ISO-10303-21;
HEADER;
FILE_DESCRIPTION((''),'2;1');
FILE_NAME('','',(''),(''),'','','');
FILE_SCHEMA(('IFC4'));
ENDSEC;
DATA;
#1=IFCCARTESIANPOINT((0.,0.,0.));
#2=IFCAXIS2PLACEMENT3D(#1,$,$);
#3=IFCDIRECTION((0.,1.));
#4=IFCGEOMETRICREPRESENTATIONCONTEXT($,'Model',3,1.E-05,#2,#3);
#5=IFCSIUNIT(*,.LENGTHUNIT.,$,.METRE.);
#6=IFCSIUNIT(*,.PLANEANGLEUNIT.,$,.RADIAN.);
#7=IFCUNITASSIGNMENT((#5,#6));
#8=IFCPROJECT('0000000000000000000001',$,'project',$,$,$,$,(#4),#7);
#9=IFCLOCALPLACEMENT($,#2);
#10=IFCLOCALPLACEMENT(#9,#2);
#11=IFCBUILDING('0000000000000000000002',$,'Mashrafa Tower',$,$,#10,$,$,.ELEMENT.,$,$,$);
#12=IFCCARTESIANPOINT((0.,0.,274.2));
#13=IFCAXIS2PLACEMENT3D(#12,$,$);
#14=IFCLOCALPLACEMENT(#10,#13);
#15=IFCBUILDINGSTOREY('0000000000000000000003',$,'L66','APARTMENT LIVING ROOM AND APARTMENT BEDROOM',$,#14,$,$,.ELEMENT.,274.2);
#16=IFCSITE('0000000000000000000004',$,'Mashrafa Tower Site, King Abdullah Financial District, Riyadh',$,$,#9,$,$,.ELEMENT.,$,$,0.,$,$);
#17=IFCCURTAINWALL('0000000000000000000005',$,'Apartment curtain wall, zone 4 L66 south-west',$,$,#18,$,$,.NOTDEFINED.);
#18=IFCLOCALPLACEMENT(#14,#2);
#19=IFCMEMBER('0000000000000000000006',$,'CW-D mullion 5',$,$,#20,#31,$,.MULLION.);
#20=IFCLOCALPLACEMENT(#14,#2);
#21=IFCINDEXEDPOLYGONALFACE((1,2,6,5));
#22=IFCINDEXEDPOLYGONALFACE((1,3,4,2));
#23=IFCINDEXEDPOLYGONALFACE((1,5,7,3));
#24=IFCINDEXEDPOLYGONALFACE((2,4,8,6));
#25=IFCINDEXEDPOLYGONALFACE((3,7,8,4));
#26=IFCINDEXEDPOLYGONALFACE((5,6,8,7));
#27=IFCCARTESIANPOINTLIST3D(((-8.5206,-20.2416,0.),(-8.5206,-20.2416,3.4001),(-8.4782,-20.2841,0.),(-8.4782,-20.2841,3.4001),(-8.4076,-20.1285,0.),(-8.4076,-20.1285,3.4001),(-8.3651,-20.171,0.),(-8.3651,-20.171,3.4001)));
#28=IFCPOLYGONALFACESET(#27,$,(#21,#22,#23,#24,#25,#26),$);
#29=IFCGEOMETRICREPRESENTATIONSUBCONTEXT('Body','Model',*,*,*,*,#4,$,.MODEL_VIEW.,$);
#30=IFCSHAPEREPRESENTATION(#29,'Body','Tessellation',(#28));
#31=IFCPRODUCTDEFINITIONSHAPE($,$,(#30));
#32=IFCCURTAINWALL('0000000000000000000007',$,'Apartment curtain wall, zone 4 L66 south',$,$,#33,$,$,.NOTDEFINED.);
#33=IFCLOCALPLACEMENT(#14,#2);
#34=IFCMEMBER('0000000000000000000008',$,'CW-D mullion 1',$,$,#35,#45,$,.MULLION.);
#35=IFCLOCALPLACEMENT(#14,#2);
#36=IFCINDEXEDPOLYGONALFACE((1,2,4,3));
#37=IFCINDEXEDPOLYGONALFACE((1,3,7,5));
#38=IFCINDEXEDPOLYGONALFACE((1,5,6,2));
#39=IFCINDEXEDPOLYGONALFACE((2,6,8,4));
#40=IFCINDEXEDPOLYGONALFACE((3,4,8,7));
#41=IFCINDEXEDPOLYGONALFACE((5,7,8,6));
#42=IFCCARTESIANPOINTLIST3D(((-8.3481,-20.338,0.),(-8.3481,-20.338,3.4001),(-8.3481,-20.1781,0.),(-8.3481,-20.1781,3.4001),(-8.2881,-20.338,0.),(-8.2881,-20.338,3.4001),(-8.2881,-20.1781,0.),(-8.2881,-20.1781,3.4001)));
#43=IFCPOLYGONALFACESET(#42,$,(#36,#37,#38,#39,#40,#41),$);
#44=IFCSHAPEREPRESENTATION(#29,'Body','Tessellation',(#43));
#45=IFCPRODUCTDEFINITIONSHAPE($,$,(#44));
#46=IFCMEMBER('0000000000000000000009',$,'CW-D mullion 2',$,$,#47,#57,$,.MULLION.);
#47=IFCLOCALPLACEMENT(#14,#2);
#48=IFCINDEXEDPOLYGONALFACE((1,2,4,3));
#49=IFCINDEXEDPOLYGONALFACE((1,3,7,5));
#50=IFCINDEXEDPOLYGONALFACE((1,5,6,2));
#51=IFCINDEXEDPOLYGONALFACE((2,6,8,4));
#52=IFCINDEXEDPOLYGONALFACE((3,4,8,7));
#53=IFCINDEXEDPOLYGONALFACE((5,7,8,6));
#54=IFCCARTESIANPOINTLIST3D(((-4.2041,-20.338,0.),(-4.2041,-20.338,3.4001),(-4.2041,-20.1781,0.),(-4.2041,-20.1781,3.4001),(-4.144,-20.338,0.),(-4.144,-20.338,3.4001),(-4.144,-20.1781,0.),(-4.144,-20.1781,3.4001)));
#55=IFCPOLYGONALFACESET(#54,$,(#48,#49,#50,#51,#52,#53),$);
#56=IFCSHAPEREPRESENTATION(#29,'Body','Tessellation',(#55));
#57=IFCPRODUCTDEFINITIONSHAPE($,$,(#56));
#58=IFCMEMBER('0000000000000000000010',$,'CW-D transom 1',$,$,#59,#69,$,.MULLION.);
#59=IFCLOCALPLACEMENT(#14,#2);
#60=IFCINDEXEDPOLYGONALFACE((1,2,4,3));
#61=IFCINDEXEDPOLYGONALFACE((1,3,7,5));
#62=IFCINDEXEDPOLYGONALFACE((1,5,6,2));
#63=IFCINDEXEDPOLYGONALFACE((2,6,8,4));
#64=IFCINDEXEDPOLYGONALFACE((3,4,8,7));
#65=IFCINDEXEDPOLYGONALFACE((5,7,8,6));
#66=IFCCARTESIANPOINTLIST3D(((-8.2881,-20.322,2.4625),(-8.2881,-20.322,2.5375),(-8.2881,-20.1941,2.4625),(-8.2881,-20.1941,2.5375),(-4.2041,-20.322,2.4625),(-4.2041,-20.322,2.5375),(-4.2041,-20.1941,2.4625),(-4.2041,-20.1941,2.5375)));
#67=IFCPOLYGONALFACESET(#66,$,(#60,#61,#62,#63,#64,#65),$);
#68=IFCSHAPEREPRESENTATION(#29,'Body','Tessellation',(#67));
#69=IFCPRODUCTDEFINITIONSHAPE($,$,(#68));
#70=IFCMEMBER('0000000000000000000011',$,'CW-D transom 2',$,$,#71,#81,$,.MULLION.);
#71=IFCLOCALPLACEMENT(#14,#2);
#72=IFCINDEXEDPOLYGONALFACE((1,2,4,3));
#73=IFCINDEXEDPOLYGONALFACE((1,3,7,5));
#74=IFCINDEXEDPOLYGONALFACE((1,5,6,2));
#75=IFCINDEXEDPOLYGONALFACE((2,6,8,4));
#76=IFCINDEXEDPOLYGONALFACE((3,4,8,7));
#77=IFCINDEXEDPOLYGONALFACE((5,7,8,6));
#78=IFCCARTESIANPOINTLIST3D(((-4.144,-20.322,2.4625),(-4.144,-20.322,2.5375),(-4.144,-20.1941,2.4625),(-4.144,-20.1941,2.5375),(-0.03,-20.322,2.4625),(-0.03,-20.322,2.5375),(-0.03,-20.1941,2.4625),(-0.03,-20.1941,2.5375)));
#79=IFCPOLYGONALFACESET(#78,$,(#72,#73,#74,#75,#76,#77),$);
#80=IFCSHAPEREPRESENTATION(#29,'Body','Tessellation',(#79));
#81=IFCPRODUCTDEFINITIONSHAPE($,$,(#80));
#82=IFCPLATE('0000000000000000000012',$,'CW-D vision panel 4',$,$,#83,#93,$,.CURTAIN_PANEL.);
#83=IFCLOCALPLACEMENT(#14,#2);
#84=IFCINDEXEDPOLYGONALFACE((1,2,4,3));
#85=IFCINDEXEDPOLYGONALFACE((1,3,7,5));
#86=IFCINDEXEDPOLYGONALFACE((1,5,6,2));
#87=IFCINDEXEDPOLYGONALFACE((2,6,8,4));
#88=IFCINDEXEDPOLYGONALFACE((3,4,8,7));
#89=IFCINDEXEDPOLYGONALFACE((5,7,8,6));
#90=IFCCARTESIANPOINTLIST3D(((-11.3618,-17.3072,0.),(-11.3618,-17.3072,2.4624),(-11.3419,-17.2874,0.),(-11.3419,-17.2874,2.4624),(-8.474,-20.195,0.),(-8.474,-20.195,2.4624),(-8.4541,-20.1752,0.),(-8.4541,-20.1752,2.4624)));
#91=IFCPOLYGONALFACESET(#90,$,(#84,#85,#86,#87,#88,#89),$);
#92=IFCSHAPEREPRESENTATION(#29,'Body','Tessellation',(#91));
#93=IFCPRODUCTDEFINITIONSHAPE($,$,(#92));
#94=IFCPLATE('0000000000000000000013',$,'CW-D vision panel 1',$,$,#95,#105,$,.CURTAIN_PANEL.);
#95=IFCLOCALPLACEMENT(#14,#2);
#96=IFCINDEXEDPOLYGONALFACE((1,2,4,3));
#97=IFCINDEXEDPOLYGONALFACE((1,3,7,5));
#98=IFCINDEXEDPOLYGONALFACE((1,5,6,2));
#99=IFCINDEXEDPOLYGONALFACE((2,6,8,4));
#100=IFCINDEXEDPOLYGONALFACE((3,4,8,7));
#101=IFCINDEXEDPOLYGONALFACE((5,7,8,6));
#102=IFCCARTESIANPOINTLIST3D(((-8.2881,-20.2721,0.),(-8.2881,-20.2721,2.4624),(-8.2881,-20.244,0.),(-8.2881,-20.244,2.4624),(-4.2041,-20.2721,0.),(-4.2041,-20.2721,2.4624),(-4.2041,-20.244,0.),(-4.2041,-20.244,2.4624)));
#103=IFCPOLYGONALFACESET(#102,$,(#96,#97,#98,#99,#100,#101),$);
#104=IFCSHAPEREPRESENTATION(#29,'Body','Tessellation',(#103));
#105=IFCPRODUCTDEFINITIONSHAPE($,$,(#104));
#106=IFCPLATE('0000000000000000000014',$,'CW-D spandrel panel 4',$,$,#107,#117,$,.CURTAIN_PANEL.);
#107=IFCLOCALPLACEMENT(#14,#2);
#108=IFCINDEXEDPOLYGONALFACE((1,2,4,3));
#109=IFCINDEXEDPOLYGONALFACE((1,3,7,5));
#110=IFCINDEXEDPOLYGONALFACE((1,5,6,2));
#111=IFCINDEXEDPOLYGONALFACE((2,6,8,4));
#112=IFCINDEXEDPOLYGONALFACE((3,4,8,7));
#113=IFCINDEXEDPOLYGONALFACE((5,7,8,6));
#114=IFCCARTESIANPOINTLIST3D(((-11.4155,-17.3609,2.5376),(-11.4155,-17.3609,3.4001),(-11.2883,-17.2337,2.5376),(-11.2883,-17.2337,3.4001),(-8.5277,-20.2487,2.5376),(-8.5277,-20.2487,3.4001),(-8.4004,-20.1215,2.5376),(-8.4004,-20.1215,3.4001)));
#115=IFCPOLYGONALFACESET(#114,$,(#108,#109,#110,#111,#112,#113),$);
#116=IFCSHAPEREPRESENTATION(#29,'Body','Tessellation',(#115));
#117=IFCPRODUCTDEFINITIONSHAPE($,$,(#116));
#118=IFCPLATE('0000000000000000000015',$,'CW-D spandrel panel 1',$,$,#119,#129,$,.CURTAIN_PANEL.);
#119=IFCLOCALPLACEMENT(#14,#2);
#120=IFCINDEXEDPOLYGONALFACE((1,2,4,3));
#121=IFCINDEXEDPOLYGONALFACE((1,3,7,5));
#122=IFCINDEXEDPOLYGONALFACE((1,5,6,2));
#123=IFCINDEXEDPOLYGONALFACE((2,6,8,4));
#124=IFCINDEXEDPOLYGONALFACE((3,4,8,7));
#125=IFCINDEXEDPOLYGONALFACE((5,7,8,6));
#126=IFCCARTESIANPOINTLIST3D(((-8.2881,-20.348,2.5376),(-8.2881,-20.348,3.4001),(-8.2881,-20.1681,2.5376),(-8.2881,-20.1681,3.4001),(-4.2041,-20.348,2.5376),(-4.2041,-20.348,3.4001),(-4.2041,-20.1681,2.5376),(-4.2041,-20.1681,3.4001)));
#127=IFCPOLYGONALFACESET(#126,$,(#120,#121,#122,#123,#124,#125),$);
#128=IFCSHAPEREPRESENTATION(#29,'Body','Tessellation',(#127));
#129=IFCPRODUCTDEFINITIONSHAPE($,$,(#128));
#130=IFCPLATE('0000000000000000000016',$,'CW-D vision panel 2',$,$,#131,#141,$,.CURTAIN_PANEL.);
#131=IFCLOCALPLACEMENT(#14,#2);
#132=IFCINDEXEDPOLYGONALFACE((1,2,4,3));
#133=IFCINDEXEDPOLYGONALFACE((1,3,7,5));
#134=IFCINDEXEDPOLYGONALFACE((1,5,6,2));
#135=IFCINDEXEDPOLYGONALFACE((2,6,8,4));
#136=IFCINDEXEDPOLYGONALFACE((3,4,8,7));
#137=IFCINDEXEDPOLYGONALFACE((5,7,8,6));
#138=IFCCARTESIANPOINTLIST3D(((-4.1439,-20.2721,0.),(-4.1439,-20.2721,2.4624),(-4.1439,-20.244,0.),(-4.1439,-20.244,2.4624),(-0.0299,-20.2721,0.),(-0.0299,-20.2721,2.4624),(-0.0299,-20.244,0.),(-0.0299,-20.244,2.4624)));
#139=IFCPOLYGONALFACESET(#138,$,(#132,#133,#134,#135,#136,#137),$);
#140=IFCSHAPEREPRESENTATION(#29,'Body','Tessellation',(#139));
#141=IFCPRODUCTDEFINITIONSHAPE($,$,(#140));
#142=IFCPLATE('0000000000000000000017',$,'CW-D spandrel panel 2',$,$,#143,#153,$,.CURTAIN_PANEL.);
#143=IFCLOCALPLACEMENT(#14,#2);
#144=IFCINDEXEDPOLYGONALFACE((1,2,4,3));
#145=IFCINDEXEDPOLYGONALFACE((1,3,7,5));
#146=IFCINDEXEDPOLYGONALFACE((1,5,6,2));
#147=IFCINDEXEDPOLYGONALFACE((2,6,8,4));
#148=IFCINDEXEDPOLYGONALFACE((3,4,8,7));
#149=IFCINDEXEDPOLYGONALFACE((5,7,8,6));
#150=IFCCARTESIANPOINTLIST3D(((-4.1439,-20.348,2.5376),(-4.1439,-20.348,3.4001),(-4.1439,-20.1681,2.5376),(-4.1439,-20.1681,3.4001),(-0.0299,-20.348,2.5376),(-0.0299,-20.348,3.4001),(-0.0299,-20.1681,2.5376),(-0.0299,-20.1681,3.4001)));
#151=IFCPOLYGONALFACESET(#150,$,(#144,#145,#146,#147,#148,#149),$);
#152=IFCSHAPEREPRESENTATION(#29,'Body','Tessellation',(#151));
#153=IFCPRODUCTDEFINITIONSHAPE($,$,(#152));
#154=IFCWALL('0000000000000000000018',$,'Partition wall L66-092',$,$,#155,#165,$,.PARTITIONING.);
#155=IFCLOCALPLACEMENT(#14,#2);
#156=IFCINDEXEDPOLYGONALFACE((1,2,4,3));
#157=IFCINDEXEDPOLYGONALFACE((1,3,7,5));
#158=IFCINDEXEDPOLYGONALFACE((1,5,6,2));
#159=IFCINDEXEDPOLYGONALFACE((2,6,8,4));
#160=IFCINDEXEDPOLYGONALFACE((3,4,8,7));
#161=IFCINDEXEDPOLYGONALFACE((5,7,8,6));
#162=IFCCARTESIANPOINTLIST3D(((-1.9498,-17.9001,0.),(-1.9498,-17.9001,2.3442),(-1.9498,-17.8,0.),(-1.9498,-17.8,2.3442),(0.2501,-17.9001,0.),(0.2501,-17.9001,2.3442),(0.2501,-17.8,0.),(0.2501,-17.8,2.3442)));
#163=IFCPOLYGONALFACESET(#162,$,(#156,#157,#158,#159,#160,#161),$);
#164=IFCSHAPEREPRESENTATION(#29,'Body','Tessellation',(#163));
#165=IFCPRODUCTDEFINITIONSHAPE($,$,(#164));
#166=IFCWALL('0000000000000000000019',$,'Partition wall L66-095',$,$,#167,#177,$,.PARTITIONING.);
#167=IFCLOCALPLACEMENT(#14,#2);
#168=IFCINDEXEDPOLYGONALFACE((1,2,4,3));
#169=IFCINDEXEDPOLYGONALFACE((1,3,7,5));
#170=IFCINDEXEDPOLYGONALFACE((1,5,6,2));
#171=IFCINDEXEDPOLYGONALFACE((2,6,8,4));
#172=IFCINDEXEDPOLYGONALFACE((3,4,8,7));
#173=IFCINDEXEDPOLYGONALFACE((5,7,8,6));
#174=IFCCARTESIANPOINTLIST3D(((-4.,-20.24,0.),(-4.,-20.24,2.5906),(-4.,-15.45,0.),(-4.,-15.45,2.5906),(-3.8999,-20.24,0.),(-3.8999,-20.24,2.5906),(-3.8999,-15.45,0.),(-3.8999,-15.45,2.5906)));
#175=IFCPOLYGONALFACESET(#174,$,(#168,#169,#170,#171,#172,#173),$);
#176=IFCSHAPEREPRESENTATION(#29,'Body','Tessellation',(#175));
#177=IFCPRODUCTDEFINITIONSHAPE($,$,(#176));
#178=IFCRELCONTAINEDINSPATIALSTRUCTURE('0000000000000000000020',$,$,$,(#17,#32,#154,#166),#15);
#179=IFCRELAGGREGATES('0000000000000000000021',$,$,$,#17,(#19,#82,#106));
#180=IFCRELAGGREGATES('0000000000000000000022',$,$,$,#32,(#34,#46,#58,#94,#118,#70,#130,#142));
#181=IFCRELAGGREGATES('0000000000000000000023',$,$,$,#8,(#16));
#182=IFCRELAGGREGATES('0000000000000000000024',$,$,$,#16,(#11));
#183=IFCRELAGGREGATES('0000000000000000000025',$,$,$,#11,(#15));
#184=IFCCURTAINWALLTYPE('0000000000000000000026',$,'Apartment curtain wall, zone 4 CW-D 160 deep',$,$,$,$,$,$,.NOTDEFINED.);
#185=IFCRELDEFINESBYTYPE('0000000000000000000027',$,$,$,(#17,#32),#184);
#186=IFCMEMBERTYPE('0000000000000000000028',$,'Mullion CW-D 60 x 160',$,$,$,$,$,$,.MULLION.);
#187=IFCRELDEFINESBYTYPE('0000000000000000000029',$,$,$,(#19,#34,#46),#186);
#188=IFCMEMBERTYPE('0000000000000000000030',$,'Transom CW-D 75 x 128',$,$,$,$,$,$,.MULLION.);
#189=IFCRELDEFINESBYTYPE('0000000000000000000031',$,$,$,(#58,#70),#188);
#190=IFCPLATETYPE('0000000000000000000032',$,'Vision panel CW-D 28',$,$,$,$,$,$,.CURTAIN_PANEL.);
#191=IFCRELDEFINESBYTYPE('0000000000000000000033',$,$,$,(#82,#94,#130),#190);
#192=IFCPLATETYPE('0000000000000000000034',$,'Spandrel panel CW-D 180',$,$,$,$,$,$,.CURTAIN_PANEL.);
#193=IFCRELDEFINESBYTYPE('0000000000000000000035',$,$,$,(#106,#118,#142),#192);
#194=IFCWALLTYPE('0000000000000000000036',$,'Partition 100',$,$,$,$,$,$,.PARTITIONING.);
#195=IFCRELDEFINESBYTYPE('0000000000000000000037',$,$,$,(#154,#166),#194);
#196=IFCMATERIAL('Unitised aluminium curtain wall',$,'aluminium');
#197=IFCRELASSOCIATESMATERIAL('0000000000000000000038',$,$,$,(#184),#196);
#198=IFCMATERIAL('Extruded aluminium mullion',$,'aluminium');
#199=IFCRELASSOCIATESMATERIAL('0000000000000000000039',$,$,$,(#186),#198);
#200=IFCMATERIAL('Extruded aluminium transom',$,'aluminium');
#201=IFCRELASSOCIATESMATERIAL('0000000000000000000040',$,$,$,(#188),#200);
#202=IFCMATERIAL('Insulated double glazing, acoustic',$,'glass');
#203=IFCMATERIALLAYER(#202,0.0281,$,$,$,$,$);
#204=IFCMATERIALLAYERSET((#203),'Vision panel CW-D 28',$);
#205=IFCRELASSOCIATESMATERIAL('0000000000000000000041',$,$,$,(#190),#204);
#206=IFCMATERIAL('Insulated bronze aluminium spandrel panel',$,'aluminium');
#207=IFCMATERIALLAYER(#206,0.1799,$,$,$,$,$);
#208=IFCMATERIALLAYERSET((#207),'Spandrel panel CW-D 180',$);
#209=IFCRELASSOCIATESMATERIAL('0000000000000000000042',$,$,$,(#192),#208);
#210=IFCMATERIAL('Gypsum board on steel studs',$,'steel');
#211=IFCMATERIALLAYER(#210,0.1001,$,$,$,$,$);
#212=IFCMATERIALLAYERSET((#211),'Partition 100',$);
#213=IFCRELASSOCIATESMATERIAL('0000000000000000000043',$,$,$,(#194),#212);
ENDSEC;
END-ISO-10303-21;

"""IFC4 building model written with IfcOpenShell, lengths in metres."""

from ifc_helpers import new_model, si_unit, direction, frame, frame_2d, origin, origin_2d, place, context, subcontext, project, spatial, rectangle, extrude, source, transform, mapped, material, layer, layer_set, material_profile, profile_set, type_object, type_shapes, element, aggregate, save


model = new_model("IFC4")

# Units and contexts
model_context = context("Model", 3, precision=1e-05, world=origin(), true_north=direction((0.0, 1.0)))
body_context = subcontext(model_context, "Body", "Model", "MODEL_VIEW")
ifc_project = project(units=[si_unit("LENGTHUNIT", "METRE"), si_unit("PLANEANGLEUNIT", "RADIAN")], contexts=[model_context])

# Site, building, storey
site_placement = place(None, origin())
site = spatial("IfcSite", under=ifc_project, at=site_placement, Name="Mashrafa Tower Site, King Abdullah Financial District, Riyadh", CompositionType="ELEMENT", RefElevation=0.0)
building_placement = place(site_placement, origin())
building = spatial("IfcBuilding", under=site, at=building_placement, Name="Mashrafa Tower", CompositionType="ELEMENT")
storey_placement = place(building_placement, frame((0.0, 0.0, 274.2)))
storey = spatial("IfcBuildingStorey", under=building, at=storey_placement, Name="L66", Description="APARTMENT LIVING ROOM AND APARTMENT BEDROOM", CompositionType="ELEMENT", Elevation=274.2)

# Curtain wall, member
ifc_material_1 = material(Name="Unitised aluminium curtain wall", Category="aluminium")
curtain_wall_type = type_object("IfcCurtainWallType", Name="Apartment curtain wall, zone 4 CW-D 160 deep", PredefinedType="NOTDEFINED", material=ifc_material_1)
curtain_wall_1_placement = place(storey_placement, origin())
curtain_wall_1 = element("IfcCurtainWall", 1, at=curtain_wall_1_placement, inside=storey, type_object=curtain_wall_type, Name="Apartment curtain wall, zone 4 L66 south-west", PredefinedType="NOTDEFINED")
ifc_material_2 = material(Name="Extruded aluminium mullion", Category="aluminium")
ifc_material_profile_1 = material_profile(ifc_material_2, rectangle(XDim=0.1599, YDim=0.0601, at=origin_2d()), Name="Mullion 60x160")
ifc_profile_set_1 = profile_set([ifc_material_profile_1], Name="Extruded aluminium mullion")
member_type_1 = type_object("IfcMemberType", Name="Mullion CW-D 60 x 160", PredefinedType="MULLION", material=ifc_profile_set_1)
shared_shape_1 = source(origin(), body_context, "Body", "SweptSolid", [
    extrude(rectangle(XDim=0.1599, YDim=0.0601, at=origin_2d()), origin(), (0.0, 0.0, 1.0), 3.4001),
])
type_shapes(member_type_1, [shared_shape_1])
member_1_placement = place(storey_placement, frame((-8.4429, -20.2063, 0.0), z_axis=(0.0, 0.0, 1.0), x_axis=(0.707107, 0.707107, 0.0)))
member_1 = element("IfcMember", 2, at=member_1_placement, type_object=member_type_1, Name="CW-D mullion 5", PredefinedType="MULLION", context=body_context, shape_type="MappedRepresentation", body=[
    mapped(shared_shape_1, transform((0.0, 0.0, 0.0))),
])

# Curtain wall, members
curtain_wall_2_placement = place(storey_placement, origin())
curtain_wall_2 = element("IfcCurtainWall", 3, at=curtain_wall_2_placement, inside=storey, type_object=curtain_wall_type, Name="Apartment curtain wall, zone 4 L66 south", PredefinedType="NOTDEFINED")
member_2_placement = place(storey_placement, frame((-8.3181, -20.2581, 0.0), z_axis=(0.0, 0.0, 1.0), x_axis=(0.0, 1.0, 0.0)))
member_2 = element("IfcMember", 4, at=member_2_placement, type_object=member_type_1, Name="CW-D mullion 1", PredefinedType="MULLION", context=body_context, shape_type="MappedRepresentation", body=[
    mapped(shared_shape_1, transform((0.0, 0.0, 0.0))),
])
member_3_placement = place(storey_placement, frame((-4.1741, -20.2581, 0.0), z_axis=(0.0, 0.0, 1.0), x_axis=(0.0, 1.0, 0.0)))
member_3 = element("IfcMember", 5, at=member_3_placement, type_object=member_type_1, Name="CW-D mullion 2", PredefinedType="MULLION", context=body_context, shape_type="MappedRepresentation", body=[
    mapped(shared_shape_1, transform((0.0, 0.0, 0.0))),
])
ifc_material_3 = material(Name="Extruded aluminium transom", Category="aluminium")
ifc_material_profile_2 = material_profile(ifc_material_3, rectangle(XDim=0.1279, YDim=0.075, at=origin_2d()), Name="Transom 75x128")
ifc_profile_set_2 = profile_set([ifc_material_profile_2], Name="Extruded aluminium transom")
member_type_2 = type_object("IfcMemberType", Name="Transom CW-D 75 x 128", PredefinedType="MULLION", material=ifc_profile_set_2)
shared_shape_2 = source(origin(), body_context, "Body", "SweptSolid", [
    extrude(rectangle(XDim=0.1279, YDim=0.075, at=origin_2d()), origin(), (0.0, 0.0, 1.0), 4.084),
])
member_4_placement = place(storey_placement, frame((-8.2881, -20.2581, 2.5), z_axis=(1.0, 0.0, 0.0), x_axis=(0.0, 1.0, 0.0)))
member_4 = element("IfcMember", 6, at=member_4_placement, type_object=member_type_2, Name="CW-D transom 1", PredefinedType="MULLION", context=body_context, shape_type="MappedRepresentation", body=[
    mapped(shared_shape_2, transform((0.0, 0.0, 0.0))),
])
shared_shape_3 = source(origin(), body_context, "Body", "SweptSolid", [
    extrude(rectangle(XDim=0.1279, YDim=0.075, at=origin_2d()), origin(), (0.0, 0.0, 1.0), 4.114),
])
type_shapes(member_type_2, [shared_shape_2, shared_shape_3])
member_5_placement = place(storey_placement, frame((-4.144, -20.2581, 2.5), z_axis=(1.0, 0.0, 0.0), x_axis=(0.0, 1.0, 0.0)))
member_5 = element("IfcMember", 7, at=member_5_placement, type_object=member_type_2, Name="CW-D transom 2", PredefinedType="MULLION", context=body_context, shape_type="MappedRepresentation", body=[
    mapped(shared_shape_3, transform((0.0, 0.0, 0.0))),
])

# Plates
ifc_material_4 = material(Name="Insulated double glazing, acoustic", Category="glass")
ifc_layer_1 = layer(ifc_material_4, 0.0281)
ifc_layer_set_1 = layer_set([ifc_layer_1], Name="Vision panel CW-D 28")
plate_type_1 = type_object("IfcPlateType", Name="Vision panel CW-D 28", PredefinedType="CURTAIN_PANEL", material=ifc_layer_set_1)
shared_shape_4 = source(origin(), body_context, "Body", "SweptSolid", [
    extrude(rectangle(XDim=4.084, YDim=0.0281, at=origin_2d()), origin(), (0.0, 0.0, 1.0), 2.4624),
])
plate_1_placement = place(storey_placement, frame((-9.908, -18.7412, 0.0), z_axis=(0.0, 0.0, 1.0), x_axis=(0.707107, -0.707107, 0.0)))
plate_1 = element("IfcPlate", 8, at=plate_1_placement, type_object=plate_type_1, Name="CW-D vision panel 4", PredefinedType="CURTAIN_PANEL", context=body_context, shape_type="MappedRepresentation", body=[
    mapped(shared_shape_4, transform((0.0, 0.0, 0.0))),
])
plate_2_placement = place(storey_placement, frame((-6.2461, -20.2581, 0.0), z_axis=(0.0, 0.0, 1.0), x_axis=(1.0, 0.0, 0.0)))
plate_2 = element("IfcPlate", 9, at=plate_2_placement, type_object=plate_type_1, Name="CW-D vision panel 1", PredefinedType="CURTAIN_PANEL", context=body_context, shape_type="MappedRepresentation", body=[
    mapped(shared_shape_4, transform((0.0, 0.0, 0.0))),
])
ifc_material_5 = material(Name="Insulated bronze aluminium spandrel panel", Category="aluminium")
ifc_layer_2 = layer(ifc_material_5, 0.1799)
ifc_layer_set_2 = layer_set([ifc_layer_2], Name="Spandrel panel CW-D 180")
plate_type_2 = type_object("IfcPlateType", Name="Spandrel panel CW-D 180", PredefinedType="CURTAIN_PANEL", material=ifc_layer_set_2)
shared_shape_5 = source(origin(), body_context, "Body", "SweptSolid", [
    extrude(rectangle(XDim=4.084, YDim=0.1799, at=origin_2d()), origin(), (0.0, 0.0, 1.0), 0.8625),
])
plate_3_placement = place(storey_placement, frame((-9.908, -18.7412, 2.5376), z_axis=(0.0, 0.0, 1.0), x_axis=(0.707107, -0.707107, 0.0)))
plate_3 = element("IfcPlate", 10, at=plate_3_placement, type_object=plate_type_2, Name="CW-D spandrel panel 4", PredefinedType="CURTAIN_PANEL", context=body_context, shape_type="MappedRepresentation", body=[
    mapped(shared_shape_5, transform((0.0, 0.0, 0.0))),
])
aggregate(curtain_wall_1, [member_1, plate_1, plate_3])
plate_4_placement = place(storey_placement, frame((-6.2461, -20.2581, 2.5376), z_axis=(0.0, 0.0, 1.0), x_axis=(1.0, 0.0, 0.0)))
plate_4 = element("IfcPlate", 11, at=plate_4_placement, type_object=plate_type_2, Name="CW-D spandrel panel 1", PredefinedType="CURTAIN_PANEL", context=body_context, shape_type="MappedRepresentation", body=[
    mapped(shared_shape_5, transform((0.0, 0.0, 0.0))),
])
shared_shape_6 = source(origin(), body_context, "Body", "SweptSolid", [
    extrude(rectangle(XDim=4.114, YDim=0.0281, at=origin_2d()), origin(), (0.0, 0.0, 1.0), 2.4624),
])
type_shapes(plate_type_1, [shared_shape_4, shared_shape_6])
plate_5_placement = place(storey_placement, frame((-2.0869, -20.2581, 0.0), z_axis=(0.0, 0.0, 1.0), x_axis=(1.0, 0.0, 0.0)))
plate_5 = element("IfcPlate", 12, at=plate_5_placement, type_object=plate_type_1, Name="CW-D vision panel 2", PredefinedType="CURTAIN_PANEL", context=body_context, shape_type="MappedRepresentation", body=[
    mapped(shared_shape_6, transform((0.0, 0.0, 0.0))),
])
shared_shape_7 = source(origin(), body_context, "Body", "SweptSolid", [
    extrude(rectangle(XDim=4.114, YDim=0.1799, at=origin_2d()), origin(), (0.0, 0.0, 1.0), 0.8625),
])
type_shapes(plate_type_2, [shared_shape_5, shared_shape_7])
plate_6_placement = place(storey_placement, frame((-2.0869, -20.2581, 2.5376), z_axis=(0.0, 0.0, 1.0), x_axis=(1.0, 0.0, 0.0)))
plate_6 = element("IfcPlate", 13, at=plate_6_placement, type_object=plate_type_2, Name="CW-D spandrel panel 2", PredefinedType="CURTAIN_PANEL", context=body_context, shape_type="MappedRepresentation", body=[
    mapped(shared_shape_7, transform((0.0, 0.0, 0.0))),
])
aggregate(curtain_wall_2, [member_2, member_3, member_4, plate_2, plate_4, member_5, plate_5, plate_6])

# Walls
ifc_material_6 = material(Name="Gypsum board on steel studs", Category="steel")
ifc_layer_3 = layer(ifc_material_6, 0.1001)
ifc_layer_set_3 = layer_set([ifc_layer_3], Name="Partition 100")
wall_type = type_object("IfcWallType", Name="Partition 100", PredefinedType="PARTITIONING", material=ifc_layer_set_3)
wall_1_placement = place(storey_placement, frame((-1.95, -17.8501, 0.0), z_axis=(0.0, 0.0, 1.0), x_axis=(1.0, 0.0, 0.0)))
element("IfcWall", 14, at=wall_1_placement, inside=storey, type_object=wall_type, Name="Partition wall L66-092", PredefinedType="PARTITIONING", context=body_context, shape_type="SweptSolid", body=[
    extrude(rectangle(XDim=2.2, YDim=0.1001, at=frame_2d((1.1001, 0.0))), origin(), (0.0, 0.0, 1.0), 2.3442),
])
wall_2_placement = place(storey_placement, frame((-3.95, -15.45, 0.0), z_axis=(0.0, 0.0, 1.0), x_axis=(0.0, -1.0, 0.0)))
element("IfcWall", 15, at=wall_2_placement, inside=storey, type_object=wall_type, Name="Partition wall L66-095", PredefinedType="PARTITIONING", context=body_context, shape_type="SweptSolid", body=[
    extrude(rectangle(XDim=4.79, YDim=0.1001, at=frame_2d((2.395, 0.0))), origin(), (0.0, 0.0, 1.0), 2.5906),
])

save(model, "model.ifc")
